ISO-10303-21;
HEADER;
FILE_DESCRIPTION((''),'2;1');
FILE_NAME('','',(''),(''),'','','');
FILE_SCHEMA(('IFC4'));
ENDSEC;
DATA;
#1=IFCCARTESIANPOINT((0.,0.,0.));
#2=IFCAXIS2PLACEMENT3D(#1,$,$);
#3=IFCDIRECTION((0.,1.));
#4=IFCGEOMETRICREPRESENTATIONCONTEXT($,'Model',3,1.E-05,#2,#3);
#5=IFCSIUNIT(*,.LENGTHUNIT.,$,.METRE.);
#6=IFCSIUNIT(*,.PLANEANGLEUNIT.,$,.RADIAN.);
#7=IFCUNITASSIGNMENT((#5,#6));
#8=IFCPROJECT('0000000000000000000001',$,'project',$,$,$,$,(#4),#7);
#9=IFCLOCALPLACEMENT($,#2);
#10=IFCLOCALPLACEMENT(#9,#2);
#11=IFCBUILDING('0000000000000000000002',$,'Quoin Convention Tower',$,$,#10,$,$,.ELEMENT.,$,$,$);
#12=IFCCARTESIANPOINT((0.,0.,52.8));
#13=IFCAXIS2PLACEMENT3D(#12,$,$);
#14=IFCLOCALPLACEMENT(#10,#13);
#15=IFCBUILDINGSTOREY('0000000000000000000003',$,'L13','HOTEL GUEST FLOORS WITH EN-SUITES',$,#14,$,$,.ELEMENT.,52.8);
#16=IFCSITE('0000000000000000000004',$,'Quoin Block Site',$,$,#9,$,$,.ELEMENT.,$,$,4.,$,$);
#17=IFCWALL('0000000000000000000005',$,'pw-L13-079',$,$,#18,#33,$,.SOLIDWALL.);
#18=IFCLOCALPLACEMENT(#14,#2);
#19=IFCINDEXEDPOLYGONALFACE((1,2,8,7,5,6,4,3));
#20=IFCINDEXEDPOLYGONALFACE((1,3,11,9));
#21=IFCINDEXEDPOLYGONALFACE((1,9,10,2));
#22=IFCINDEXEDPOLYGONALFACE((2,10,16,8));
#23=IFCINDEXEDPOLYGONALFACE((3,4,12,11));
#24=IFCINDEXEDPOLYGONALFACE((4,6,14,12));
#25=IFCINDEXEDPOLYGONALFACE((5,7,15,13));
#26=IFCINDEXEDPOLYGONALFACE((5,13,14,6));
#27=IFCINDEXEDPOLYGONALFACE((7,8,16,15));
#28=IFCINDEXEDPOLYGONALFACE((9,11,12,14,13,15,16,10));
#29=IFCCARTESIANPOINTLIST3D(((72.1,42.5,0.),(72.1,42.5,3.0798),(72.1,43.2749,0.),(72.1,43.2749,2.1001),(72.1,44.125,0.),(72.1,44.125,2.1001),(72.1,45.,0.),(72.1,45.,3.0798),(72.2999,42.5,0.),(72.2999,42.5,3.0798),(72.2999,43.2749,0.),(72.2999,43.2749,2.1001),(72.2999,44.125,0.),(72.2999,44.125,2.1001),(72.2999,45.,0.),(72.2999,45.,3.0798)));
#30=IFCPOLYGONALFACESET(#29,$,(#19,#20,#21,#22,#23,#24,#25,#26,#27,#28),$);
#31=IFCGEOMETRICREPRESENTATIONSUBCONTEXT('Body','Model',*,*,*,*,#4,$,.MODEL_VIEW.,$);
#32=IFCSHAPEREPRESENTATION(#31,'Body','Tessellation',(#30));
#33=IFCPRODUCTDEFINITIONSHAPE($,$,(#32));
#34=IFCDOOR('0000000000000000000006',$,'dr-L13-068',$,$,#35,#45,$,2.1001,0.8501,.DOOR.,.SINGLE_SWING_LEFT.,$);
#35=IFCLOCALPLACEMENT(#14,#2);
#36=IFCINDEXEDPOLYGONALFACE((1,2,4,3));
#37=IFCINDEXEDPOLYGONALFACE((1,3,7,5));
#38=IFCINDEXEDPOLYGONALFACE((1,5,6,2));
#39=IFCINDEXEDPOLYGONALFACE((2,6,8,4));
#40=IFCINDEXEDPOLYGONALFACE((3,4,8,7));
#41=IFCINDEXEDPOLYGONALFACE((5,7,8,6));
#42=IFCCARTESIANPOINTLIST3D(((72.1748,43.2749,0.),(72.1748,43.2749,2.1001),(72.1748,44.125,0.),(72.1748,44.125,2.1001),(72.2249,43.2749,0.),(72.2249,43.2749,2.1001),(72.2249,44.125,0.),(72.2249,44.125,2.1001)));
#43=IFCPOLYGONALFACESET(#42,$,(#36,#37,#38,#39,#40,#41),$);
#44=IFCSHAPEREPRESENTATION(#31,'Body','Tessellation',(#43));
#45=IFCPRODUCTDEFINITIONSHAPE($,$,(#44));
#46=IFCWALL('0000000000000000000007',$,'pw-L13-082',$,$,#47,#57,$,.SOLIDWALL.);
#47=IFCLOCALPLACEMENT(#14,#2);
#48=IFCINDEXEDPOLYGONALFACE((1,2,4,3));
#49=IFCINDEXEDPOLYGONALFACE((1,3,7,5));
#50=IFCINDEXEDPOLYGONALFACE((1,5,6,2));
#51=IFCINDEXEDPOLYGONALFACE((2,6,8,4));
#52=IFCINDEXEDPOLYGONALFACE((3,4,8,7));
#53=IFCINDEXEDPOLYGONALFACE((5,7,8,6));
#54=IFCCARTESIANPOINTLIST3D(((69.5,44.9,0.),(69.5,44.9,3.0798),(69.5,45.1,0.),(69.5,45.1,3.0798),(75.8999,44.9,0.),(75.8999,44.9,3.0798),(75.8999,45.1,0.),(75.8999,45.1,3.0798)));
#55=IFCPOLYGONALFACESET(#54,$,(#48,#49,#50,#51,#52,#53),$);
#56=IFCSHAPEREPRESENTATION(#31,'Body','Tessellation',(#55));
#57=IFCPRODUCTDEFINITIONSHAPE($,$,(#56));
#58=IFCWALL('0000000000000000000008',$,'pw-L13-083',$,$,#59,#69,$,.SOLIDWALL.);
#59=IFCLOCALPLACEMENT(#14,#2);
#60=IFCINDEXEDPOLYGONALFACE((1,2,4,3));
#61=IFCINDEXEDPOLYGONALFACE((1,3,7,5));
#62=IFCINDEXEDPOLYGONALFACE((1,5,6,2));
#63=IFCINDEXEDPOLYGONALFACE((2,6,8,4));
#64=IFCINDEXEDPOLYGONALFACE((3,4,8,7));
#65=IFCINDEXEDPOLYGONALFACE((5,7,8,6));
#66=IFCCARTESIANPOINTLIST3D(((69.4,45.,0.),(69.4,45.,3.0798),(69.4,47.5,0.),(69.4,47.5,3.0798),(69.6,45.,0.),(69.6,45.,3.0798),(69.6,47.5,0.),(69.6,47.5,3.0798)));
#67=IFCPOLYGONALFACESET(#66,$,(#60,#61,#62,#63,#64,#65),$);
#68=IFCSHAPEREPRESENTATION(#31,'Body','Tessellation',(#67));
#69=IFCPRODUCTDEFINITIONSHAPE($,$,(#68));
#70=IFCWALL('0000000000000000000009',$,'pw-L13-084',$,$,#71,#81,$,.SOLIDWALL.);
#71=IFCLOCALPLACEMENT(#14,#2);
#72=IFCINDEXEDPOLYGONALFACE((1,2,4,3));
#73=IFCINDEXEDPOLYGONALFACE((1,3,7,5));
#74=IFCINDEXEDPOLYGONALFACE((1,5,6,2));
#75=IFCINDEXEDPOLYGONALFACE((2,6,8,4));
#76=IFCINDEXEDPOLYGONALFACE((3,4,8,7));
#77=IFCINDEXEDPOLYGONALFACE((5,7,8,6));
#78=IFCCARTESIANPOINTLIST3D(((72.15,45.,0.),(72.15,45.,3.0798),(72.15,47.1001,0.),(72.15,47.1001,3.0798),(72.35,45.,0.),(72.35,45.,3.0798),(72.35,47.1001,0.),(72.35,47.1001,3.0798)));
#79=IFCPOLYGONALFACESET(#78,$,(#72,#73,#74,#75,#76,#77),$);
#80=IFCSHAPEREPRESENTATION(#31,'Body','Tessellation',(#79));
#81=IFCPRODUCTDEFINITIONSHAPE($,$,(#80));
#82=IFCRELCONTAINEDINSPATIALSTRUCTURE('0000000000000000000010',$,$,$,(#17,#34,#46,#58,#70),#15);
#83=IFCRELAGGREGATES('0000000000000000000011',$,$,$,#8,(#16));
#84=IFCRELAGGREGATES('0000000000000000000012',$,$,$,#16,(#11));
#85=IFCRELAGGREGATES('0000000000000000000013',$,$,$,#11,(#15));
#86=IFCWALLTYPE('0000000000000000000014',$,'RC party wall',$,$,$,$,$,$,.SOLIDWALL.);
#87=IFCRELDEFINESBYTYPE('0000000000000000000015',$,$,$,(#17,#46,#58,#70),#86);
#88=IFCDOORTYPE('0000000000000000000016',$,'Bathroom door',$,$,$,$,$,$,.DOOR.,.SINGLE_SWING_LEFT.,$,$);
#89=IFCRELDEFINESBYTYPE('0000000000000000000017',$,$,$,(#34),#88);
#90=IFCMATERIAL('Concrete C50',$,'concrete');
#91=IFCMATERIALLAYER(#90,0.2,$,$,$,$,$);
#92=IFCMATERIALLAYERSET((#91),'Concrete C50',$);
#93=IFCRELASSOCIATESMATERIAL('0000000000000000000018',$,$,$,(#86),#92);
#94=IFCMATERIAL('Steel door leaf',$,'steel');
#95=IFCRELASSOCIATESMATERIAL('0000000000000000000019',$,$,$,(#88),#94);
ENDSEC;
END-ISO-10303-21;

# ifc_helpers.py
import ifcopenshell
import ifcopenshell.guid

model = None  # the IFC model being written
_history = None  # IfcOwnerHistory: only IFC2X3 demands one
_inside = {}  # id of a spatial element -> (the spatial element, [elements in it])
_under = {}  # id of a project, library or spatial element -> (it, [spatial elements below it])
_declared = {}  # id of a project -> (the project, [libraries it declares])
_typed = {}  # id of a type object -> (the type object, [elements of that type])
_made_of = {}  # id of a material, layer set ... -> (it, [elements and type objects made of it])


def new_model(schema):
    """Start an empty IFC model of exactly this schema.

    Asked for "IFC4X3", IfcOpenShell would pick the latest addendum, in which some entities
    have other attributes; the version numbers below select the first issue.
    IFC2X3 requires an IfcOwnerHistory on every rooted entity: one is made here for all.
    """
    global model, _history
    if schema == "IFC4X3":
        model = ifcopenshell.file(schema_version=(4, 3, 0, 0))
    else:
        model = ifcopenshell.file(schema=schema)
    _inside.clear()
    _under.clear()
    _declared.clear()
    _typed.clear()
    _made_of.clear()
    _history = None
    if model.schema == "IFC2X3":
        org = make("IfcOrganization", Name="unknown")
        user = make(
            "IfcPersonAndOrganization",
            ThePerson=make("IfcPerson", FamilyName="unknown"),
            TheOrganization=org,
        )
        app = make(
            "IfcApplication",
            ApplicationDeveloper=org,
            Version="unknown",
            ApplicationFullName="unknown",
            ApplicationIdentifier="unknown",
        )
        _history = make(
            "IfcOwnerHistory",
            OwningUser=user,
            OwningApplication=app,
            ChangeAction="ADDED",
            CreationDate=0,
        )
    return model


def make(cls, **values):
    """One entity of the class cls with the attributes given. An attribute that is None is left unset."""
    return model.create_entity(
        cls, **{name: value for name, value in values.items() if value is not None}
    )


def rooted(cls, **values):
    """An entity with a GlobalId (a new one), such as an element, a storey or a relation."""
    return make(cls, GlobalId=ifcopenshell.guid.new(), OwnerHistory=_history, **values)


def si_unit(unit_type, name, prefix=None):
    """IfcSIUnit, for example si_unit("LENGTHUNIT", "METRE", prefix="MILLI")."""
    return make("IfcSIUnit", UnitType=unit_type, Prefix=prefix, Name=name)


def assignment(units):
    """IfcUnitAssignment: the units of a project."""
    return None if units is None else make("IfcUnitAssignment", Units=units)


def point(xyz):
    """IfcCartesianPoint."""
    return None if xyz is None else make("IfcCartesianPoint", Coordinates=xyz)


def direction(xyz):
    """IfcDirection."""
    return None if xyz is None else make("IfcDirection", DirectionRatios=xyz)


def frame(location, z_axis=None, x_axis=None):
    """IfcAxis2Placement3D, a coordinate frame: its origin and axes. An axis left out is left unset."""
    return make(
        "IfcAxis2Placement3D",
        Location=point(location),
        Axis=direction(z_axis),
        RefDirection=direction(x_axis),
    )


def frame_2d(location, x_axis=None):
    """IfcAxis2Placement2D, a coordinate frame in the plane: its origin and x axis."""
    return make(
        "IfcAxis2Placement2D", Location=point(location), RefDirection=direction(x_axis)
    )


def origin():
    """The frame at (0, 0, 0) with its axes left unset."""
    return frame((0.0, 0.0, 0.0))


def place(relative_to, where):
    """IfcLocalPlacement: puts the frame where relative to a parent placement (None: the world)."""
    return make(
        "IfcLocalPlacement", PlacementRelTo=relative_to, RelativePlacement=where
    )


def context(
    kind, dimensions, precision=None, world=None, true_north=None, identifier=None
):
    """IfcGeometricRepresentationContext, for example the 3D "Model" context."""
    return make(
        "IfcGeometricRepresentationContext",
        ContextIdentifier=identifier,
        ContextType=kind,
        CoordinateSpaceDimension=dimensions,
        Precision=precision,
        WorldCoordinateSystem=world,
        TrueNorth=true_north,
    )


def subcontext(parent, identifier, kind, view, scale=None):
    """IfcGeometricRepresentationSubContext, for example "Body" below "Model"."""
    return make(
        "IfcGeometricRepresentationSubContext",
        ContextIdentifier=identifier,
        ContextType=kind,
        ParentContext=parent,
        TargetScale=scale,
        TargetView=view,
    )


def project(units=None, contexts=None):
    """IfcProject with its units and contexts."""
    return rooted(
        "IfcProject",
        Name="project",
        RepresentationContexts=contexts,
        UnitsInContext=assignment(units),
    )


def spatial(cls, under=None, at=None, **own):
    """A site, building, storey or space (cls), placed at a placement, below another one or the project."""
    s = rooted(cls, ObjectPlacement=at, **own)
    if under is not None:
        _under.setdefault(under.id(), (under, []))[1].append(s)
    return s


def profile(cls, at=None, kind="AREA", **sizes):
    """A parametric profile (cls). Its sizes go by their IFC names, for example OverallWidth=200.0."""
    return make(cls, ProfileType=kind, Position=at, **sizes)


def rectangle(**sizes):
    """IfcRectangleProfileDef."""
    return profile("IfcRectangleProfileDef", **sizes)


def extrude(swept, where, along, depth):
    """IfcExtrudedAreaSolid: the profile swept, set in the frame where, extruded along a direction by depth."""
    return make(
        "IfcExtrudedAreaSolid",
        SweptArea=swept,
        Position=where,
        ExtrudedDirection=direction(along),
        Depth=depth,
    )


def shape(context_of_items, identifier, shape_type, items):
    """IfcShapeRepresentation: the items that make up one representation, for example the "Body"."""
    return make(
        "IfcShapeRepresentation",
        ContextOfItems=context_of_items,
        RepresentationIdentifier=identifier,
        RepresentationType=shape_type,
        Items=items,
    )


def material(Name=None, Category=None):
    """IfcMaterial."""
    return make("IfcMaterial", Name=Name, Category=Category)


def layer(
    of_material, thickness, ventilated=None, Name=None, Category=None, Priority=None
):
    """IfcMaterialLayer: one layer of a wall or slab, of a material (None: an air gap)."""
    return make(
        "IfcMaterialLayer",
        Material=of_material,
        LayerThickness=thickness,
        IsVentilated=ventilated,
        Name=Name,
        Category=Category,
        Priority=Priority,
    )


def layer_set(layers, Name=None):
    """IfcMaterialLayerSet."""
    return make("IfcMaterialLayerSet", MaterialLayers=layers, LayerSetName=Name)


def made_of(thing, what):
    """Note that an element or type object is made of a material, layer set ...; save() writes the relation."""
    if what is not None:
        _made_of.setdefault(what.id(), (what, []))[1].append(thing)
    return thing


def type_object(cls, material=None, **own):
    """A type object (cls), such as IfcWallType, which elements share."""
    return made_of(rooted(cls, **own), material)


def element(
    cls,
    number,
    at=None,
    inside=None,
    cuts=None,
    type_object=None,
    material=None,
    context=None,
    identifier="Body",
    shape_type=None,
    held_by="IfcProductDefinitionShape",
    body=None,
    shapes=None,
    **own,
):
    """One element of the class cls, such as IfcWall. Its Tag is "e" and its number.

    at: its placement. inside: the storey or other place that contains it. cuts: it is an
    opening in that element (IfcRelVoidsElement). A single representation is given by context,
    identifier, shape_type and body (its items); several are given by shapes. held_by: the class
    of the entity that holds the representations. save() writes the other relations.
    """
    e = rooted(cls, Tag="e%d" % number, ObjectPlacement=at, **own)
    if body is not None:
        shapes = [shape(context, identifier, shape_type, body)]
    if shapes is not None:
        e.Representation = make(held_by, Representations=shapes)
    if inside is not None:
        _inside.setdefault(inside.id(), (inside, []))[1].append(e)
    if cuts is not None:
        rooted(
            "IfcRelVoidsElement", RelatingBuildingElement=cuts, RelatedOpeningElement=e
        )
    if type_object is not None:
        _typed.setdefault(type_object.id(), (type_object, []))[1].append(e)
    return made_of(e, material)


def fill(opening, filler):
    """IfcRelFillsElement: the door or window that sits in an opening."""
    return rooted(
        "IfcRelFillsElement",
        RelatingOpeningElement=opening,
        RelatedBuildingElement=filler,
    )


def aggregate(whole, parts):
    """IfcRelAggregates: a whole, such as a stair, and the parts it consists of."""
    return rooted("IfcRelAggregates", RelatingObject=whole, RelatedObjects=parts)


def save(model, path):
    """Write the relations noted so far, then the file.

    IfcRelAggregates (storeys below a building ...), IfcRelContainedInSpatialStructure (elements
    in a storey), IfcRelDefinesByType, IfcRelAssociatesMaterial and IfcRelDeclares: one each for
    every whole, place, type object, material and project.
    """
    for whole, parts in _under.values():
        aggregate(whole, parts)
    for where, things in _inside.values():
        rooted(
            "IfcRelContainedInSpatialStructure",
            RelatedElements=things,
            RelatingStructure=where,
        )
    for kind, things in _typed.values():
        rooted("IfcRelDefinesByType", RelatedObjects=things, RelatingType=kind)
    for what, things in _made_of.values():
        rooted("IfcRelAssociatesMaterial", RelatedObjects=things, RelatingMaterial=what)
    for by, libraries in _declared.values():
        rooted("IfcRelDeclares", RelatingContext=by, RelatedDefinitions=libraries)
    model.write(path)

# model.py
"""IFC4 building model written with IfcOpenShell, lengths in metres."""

from ifc_helpers import new_model, si_unit, direction, frame, frame_2d, origin, place, context, subcontext, project, spatial, rectangle, extrude, material, layer, layer_set, type_object, element, fill, save


model = new_model("IFC4")

# Units and contexts
model_context = context("Model", 3, precision=1e-05, world=origin(), true_north=direction((0.0, 1.0)))
body_context = subcontext(model_context, "Body", "Model", "MODEL_VIEW")
ifc_project = project(units=[si_unit("LENGTHUNIT", "METRE"), si_unit("PLANEANGLEUNIT", "RADIAN")], contexts=[model_context])

# Site, building, storey
site_placement = place(None, origin())
site = spatial("IfcSite", under=ifc_project, at=site_placement, Name="Quoin Block Site", CompositionType="ELEMENT", RefElevation=4.0)
building_placement = place(site_placement, origin())
building = spatial("IfcBuilding", under=site, at=building_placement, Name="Quoin Convention Tower", CompositionType="ELEMENT")
storey_placement = place(building_placement, frame((0.0, 0.0, 52.8)))
storey = spatial("IfcBuildingStorey", under=building, at=storey_placement, Name="L13", Description="HOTEL GUEST FLOORS WITH EN-SUITES", CompositionType="ELEMENT", Elevation=52.8)

# Shared definitions
ifc_material_1 = material(Name="Concrete C50", Category="concrete")
ifc_layer_1 = layer(ifc_material_1, 0.2)
ifc_layer_set_1 = layer_set([ifc_layer_1], Name="Concrete C50")
wall_type_1 = type_object("IfcWallType", Name="RC party wall", PredefinedType="SOLIDWALL", material=ifc_layer_set_1)

# Wall, opening, door
wall_1_placement = place(storey_placement, frame((72.2, 42.5, 0.0), z_axis=(0.0, 0.0, 1.0), x_axis=(0.0, 1.0, 0.0)))
wall_1 = element("IfcWall", 1, at=wall_1_placement, inside=storey, type_object=wall_type_1, Name="pw-L13-079", PredefinedType="SOLIDWALL", context=body_context, shape_type="SweptSolid", body=[
    extrude(rectangle(XDim=2.5, YDim=0.2, at=frame_2d((1.25, 0.0))), origin(), (0.0, 0.0, 1.0), 3.0798),
])
opening_1_placement = place(wall_1_placement, frame((0.7749, 0.0, 0.0)))
opening_1 = element("IfcOpeningElement", 2, at=opening_1_placement, cuts=wall_1, PredefinedType="OPENING", context=body_context, shape_type="SweptSolid", body=[
    extrude(rectangle(XDim=0.8501, YDim=2.1001, at=frame_2d((0.425, 1.05))), frame((0.0, 0.1099, 0.0), z_axis=(0.0, -1.0, 0.0), x_axis=(1.0, 0.0, 0.0)), (0.0, 0.0, 1.0), 0.22),
])
ifc_material_2 = material(Name="Steel door leaf", Category="steel")
door_type = type_object("IfcDoorType", Name="Bathroom door", OperationType="SINGLE_SWING_LEFT", PredefinedType="DOOR", material=ifc_material_2)
door_placement = place(opening_1_placement, frame((0.8501, 0.0, 0.0), z_axis=(0.0, 0.0, 1.0), x_axis=(-1.0, 0.0, 0.0)))
door = element("IfcDoor", 3, at=door_placement, inside=storey, type_object=door_type, Name="dr-L13-068", OperationType="SINGLE_SWING_LEFT", OverallHeight=2.1001, OverallWidth=0.8501, PredefinedType="DOOR", context=body_context, shape_type="SweptSolid", body=[
    extrude(rectangle(XDim=0.8501, YDim=2.1001, at=frame_2d((0.425, 1.05))), frame((0.0, 0.0249, 0.0), z_axis=(0.0, -1.0, 0.0), x_axis=(1.0, 0.0, 0.0)), (0.0, 0.0, 1.0), 0.05),
])
fill(opening_1, door)

# Walls
wall_2_placement = place(storey_placement, frame((69.5, 45.0, 0.0), z_axis=(0.0, 0.0, 1.0), x_axis=(1.0, 0.0, 0.0)))
element("IfcWall", 4, at=wall_2_placement, inside=storey, type_object=wall_type_1, Name="pw-L13-082", PredefinedType="SOLIDWALL", context=body_context, shape_type="SweptSolid", body=[
    extrude(rectangle(XDim=6.3999, YDim=0.2, at=frame_2d((3.2, 0.0))), origin(), (0.0, 0.0, 1.0), 3.0798),
])
wall_3_placement = place(storey_placement, frame((69.5, 45.0, 0.0), z_axis=(0.0, 0.0, 1.0), x_axis=(0.0, 1.0, 0.0)))
element("IfcWall", 5, at=wall_3_placement, inside=storey, type_object=wall_type_1, Name="pw-L13-083", PredefinedType="SOLIDWALL", context=body_context, shape_type="SweptSolid", body=[
    extrude(rectangle(XDim=2.5, YDim=0.2, at=frame_2d((1.25, 0.0))), origin(), (0.0, 0.0, 1.0), 3.0798),
])
wall_4_placement = place(storey_placement, frame((72.25, 45.0, 0.0), z_axis=(0.0, 0.0, 1.0), x_axis=(0.0, 1.0, 0.0)))
element("IfcWall", 6, at=wall_4_placement, inside=storey, type_object=wall_type_1, Name="pw-L13-084", PredefinedType="SOLIDWALL", context=body_context, shape_type="SweptSolid", body=[
    extrude(rectangle(XDim=2.1001, YDim=0.2, at=frame_2d((1.05, 0.0))), origin(), (0.0, 0.0, 1.0), 3.0798),
])

save(model, "model.ifc")
